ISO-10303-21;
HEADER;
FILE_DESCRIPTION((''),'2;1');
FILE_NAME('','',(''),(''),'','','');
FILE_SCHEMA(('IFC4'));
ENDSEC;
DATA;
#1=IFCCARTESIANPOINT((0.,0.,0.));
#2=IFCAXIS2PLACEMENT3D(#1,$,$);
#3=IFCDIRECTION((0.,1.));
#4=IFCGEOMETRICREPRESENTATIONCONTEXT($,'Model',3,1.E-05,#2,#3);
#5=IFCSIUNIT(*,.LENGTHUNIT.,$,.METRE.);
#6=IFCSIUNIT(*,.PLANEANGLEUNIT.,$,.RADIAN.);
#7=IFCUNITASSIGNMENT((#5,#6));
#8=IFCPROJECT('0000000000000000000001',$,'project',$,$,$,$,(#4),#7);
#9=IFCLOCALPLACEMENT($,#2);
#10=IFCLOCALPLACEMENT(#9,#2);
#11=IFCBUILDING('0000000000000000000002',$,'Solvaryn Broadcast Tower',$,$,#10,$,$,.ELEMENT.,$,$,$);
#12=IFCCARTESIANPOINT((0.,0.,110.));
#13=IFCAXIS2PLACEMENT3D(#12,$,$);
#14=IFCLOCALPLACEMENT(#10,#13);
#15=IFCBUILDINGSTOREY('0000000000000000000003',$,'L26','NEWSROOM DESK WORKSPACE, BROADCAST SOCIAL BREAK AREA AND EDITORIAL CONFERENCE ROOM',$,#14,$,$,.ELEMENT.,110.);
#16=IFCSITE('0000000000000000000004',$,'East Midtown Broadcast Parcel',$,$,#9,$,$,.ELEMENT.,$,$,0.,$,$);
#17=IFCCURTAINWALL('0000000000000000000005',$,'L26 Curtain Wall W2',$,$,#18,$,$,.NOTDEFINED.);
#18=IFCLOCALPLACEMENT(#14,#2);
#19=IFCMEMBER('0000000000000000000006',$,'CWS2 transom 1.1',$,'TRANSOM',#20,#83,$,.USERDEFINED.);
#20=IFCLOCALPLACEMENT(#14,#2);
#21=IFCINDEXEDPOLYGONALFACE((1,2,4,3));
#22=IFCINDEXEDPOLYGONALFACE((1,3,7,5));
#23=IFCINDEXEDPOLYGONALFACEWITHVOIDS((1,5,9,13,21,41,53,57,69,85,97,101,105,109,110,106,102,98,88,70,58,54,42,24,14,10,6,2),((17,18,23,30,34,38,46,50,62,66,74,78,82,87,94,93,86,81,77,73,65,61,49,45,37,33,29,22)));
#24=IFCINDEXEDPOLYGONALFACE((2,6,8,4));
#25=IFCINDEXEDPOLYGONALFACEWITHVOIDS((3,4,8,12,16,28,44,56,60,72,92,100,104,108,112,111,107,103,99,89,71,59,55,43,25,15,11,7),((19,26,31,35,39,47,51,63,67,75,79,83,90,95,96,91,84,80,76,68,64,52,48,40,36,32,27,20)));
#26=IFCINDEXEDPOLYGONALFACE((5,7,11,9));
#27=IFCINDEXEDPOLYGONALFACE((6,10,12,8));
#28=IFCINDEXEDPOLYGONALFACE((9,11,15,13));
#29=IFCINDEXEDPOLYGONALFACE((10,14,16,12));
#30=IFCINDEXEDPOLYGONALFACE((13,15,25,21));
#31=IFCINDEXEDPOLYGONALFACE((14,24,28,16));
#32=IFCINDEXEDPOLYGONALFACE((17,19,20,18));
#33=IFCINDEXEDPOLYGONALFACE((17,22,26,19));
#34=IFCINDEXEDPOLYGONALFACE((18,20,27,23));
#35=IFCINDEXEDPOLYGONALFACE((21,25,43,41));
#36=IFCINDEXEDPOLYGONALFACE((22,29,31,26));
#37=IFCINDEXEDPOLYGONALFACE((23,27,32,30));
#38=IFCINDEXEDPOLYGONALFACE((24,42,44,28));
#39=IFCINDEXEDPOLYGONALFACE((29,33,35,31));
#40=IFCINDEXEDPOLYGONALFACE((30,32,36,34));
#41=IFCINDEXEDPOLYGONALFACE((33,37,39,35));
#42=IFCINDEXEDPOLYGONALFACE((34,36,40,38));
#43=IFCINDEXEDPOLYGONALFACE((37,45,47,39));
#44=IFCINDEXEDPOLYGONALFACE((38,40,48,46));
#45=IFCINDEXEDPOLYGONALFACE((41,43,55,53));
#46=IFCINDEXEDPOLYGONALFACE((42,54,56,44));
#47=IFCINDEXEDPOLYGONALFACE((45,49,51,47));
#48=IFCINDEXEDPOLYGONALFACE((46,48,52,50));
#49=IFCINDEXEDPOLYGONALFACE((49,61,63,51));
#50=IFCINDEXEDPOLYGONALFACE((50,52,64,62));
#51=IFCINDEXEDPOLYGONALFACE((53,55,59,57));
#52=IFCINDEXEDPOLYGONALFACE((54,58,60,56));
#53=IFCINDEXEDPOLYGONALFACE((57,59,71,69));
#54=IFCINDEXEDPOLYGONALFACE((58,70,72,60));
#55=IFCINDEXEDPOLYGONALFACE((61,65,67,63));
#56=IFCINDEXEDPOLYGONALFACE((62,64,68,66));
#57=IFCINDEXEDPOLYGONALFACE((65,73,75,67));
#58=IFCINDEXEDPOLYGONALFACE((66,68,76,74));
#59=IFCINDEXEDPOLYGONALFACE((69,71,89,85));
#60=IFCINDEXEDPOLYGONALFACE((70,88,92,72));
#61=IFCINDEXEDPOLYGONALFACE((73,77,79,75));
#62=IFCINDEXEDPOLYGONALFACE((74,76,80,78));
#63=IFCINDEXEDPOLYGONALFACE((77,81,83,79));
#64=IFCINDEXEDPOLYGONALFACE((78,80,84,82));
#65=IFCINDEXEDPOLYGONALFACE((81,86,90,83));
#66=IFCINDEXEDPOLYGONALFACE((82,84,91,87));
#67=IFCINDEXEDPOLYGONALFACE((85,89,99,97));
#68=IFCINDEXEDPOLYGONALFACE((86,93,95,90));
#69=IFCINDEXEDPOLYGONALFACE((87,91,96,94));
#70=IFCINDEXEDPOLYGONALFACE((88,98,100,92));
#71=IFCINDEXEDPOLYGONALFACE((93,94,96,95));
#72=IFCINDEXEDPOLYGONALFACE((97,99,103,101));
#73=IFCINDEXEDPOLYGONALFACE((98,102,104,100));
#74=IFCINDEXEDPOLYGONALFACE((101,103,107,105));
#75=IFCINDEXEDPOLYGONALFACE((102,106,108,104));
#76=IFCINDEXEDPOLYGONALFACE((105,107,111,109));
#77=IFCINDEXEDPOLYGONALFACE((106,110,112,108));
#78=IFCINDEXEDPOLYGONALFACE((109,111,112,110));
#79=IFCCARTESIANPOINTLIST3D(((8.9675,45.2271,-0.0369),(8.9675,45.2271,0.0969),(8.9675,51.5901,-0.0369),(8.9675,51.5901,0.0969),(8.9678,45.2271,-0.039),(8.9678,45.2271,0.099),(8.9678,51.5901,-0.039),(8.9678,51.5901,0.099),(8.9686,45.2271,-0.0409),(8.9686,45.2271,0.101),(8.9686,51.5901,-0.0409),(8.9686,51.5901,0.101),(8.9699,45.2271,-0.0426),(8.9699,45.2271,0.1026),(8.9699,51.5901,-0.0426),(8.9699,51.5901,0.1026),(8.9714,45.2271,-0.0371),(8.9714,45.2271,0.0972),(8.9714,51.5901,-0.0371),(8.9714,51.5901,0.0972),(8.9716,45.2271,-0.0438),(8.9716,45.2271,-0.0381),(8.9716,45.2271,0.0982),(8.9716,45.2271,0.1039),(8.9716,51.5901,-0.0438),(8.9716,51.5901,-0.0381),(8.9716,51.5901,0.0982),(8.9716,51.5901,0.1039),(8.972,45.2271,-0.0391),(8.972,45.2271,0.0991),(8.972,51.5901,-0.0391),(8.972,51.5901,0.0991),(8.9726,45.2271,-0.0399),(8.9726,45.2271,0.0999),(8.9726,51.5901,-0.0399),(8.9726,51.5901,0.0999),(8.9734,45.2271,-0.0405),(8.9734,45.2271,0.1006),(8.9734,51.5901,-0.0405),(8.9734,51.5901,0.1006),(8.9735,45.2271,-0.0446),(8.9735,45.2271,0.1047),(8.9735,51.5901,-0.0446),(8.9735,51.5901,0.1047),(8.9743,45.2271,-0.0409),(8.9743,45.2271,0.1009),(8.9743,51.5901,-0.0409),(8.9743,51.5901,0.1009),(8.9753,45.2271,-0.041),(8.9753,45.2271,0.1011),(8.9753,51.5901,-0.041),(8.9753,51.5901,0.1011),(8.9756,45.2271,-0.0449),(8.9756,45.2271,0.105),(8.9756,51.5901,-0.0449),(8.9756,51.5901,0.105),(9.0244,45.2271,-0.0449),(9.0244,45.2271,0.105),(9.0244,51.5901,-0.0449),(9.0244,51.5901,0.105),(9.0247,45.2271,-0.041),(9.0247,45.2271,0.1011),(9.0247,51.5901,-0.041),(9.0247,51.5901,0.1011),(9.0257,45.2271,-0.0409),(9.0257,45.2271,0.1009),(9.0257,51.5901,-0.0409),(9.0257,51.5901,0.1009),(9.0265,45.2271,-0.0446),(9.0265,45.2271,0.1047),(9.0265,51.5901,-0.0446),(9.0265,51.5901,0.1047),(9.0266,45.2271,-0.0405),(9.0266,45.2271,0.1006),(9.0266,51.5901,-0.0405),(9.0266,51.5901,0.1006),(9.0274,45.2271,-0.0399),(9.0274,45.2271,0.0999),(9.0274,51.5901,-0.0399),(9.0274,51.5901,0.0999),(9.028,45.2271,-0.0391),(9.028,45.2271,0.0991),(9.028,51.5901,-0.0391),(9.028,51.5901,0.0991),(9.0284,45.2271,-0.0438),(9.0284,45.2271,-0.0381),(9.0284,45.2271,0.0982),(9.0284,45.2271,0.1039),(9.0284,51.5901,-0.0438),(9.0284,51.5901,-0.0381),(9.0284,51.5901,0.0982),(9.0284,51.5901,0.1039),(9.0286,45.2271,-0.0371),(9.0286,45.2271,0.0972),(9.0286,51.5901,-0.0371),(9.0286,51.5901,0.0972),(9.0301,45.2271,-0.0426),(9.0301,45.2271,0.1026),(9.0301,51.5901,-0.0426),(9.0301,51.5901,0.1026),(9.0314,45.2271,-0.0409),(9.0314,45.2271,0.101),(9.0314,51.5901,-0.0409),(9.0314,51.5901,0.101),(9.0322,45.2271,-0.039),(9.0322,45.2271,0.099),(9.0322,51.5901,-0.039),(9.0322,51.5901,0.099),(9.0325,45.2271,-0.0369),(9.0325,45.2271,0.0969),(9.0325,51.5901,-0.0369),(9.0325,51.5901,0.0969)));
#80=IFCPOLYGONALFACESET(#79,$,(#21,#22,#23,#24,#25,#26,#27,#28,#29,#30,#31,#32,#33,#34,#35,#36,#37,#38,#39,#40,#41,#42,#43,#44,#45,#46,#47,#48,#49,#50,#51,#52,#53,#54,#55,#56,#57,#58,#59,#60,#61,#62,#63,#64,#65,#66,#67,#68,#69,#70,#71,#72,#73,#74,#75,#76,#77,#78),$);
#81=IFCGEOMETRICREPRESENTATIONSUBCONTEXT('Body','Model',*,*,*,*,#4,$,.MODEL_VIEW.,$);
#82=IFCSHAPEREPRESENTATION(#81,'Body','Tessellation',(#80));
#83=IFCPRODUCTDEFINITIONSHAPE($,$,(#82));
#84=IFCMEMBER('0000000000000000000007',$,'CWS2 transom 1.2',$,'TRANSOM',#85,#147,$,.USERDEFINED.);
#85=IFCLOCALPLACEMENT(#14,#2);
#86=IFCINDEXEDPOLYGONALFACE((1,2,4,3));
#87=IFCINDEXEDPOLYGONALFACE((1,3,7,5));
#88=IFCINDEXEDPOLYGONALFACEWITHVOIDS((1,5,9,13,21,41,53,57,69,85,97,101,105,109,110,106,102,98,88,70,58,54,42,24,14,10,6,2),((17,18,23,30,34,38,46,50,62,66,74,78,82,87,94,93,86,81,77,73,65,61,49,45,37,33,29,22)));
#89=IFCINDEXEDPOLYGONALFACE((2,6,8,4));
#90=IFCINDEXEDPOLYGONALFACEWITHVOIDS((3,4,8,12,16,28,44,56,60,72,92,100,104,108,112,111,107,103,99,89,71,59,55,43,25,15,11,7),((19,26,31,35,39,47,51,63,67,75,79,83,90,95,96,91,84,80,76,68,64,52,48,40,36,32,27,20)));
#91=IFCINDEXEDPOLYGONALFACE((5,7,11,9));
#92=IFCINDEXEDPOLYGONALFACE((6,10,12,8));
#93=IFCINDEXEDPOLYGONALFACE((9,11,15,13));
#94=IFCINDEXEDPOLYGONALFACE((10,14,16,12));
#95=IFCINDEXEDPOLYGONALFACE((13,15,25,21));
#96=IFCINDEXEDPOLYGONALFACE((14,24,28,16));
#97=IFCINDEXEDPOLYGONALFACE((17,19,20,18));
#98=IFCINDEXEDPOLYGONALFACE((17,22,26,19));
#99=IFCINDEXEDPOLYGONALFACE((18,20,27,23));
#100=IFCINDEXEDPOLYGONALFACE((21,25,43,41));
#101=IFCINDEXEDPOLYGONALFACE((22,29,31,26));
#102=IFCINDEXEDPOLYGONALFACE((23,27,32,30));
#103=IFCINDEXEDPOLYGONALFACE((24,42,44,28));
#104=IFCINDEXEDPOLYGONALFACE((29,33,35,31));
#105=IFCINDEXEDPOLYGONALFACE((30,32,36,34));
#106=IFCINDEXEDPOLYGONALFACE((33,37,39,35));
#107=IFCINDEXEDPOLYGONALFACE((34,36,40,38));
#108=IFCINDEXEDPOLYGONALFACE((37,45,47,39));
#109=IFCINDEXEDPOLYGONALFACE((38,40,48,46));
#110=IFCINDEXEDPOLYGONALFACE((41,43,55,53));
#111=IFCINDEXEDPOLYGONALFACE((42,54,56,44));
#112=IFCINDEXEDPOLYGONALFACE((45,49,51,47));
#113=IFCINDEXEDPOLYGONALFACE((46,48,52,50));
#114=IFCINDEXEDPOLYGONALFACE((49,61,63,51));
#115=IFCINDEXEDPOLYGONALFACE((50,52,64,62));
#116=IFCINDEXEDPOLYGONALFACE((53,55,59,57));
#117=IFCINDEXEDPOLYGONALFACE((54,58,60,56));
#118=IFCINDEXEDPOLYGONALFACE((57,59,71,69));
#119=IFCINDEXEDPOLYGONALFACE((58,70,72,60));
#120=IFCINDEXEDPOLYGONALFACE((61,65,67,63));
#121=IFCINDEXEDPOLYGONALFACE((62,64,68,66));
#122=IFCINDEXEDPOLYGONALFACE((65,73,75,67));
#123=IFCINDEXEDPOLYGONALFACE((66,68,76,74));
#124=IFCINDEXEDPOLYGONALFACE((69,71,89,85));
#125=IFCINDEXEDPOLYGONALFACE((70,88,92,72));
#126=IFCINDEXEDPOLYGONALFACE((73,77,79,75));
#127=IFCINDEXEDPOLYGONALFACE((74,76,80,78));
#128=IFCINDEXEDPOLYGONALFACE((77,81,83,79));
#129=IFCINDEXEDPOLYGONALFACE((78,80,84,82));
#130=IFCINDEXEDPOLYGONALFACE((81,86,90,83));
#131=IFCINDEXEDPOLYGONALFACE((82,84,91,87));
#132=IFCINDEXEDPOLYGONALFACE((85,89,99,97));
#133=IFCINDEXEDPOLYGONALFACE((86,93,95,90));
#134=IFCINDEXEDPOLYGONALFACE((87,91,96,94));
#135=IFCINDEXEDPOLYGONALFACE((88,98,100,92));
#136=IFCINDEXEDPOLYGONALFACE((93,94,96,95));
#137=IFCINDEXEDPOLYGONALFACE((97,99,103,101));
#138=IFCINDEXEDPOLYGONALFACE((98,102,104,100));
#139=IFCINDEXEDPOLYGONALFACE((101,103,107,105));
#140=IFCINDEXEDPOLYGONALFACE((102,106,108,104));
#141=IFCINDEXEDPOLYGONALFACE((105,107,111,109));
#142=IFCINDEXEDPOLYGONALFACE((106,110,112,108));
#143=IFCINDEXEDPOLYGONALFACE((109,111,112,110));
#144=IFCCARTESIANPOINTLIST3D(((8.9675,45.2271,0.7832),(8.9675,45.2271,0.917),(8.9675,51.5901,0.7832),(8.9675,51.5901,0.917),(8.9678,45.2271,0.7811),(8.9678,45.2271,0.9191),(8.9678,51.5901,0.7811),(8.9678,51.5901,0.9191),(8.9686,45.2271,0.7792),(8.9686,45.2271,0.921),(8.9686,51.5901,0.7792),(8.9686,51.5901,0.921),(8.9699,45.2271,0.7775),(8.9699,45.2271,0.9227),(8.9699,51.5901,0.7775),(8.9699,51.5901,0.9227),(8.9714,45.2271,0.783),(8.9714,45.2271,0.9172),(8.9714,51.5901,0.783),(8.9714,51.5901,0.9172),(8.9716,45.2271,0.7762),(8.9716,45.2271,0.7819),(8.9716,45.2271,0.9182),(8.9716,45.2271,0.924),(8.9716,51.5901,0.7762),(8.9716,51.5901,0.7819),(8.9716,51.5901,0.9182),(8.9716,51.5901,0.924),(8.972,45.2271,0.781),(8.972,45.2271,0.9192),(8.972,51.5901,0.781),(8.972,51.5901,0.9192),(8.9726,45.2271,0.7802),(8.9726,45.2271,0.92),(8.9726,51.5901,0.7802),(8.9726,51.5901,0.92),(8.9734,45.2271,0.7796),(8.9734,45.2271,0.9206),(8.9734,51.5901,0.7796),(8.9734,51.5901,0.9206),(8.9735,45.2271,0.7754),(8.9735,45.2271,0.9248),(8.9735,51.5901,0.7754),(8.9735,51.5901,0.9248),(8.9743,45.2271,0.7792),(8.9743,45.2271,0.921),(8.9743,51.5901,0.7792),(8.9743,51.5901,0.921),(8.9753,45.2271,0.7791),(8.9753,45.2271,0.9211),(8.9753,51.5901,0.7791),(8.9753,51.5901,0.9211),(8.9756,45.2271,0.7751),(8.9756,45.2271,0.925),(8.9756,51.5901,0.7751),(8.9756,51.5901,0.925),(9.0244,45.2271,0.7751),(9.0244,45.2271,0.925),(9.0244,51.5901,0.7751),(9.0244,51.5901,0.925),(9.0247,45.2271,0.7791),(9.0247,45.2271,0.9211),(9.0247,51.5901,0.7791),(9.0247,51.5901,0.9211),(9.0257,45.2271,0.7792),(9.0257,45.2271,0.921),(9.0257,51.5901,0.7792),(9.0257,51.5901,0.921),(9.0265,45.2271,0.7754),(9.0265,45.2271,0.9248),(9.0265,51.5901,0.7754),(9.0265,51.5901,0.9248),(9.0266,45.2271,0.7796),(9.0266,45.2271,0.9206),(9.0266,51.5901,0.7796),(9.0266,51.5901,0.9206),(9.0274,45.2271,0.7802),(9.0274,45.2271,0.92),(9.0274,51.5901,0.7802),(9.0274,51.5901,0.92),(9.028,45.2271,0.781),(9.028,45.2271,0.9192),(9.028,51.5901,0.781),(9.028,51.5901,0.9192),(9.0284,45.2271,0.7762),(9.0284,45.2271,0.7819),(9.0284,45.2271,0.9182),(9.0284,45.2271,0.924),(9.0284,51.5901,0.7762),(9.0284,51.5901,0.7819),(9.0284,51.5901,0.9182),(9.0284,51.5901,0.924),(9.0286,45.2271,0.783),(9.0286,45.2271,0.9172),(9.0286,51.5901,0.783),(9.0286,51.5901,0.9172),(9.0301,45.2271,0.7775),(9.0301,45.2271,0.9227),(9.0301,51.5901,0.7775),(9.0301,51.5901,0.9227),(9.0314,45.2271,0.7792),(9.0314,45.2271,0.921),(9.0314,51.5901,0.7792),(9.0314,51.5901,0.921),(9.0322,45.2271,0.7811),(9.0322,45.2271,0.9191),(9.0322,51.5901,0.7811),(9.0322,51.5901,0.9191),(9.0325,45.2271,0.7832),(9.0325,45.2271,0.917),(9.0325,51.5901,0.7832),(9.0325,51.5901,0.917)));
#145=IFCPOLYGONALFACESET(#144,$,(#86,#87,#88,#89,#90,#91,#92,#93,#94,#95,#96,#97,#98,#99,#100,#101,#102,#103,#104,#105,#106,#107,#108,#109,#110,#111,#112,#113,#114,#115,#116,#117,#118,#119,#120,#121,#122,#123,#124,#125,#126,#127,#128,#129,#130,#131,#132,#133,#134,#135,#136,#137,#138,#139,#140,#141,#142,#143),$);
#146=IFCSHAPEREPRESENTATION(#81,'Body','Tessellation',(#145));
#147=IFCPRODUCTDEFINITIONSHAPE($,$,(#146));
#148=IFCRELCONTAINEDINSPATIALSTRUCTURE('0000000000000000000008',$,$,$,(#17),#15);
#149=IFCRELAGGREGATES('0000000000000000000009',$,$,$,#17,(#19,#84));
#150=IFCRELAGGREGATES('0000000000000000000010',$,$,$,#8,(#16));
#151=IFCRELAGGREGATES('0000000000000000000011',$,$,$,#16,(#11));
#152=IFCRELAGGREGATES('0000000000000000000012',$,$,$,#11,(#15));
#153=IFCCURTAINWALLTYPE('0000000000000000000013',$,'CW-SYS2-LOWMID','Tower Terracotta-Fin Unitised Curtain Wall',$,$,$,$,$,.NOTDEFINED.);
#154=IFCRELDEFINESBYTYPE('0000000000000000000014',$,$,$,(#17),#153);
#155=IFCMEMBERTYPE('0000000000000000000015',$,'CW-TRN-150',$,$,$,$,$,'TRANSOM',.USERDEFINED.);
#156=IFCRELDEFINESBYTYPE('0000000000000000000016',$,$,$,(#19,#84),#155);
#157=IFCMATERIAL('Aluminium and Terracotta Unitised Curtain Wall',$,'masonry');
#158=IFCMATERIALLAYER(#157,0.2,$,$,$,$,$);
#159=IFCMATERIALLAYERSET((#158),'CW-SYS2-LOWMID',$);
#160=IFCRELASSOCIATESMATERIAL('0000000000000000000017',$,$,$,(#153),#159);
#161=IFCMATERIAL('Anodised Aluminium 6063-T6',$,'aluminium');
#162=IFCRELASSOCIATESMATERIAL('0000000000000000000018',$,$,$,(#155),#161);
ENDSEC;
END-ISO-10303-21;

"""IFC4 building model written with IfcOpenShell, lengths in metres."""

from ifc_helpers import new_model, si_unit, direction, frame, origin, origin_2d, place, context, subcontext, project, spatial, hollow_rectangle, extrude, material, layer, layer_set, material_profile, profile_set, type_object, element, aggregate, save


model = new_model("IFC4")

# Units and contexts
model_context = context("Model", 3, precision=1e-05, world=origin(), true_north=direction((0.0, 1.0)))
body_context = subcontext(model_context, "Body", "Model", "MODEL_VIEW")
ifc_project = project(units=[si_unit("LENGTHUNIT", "METRE"), si_unit("PLANEANGLEUNIT", "RADIAN")], contexts=[model_context])

# Site, building, storey
site_placement = place(None, origin())
site = spatial("IfcSite", under=ifc_project, at=site_placement, Name="East Midtown Broadcast Parcel", CompositionType="ELEMENT", RefElevation=0.0)
building_placement = place(site_placement, origin())
building = spatial("IfcBuilding", under=site, at=building_placement, Name="Solvaryn Broadcast Tower", CompositionType="ELEMENT")
storey_placement = place(building_placement, frame((0.0, 0.0, 110.0)))
storey = spatial("IfcBuildingStorey", under=building, at=storey_placement, Name="L26", Description="NEWSROOM DESK WORKSPACE, BROADCAST SOCIAL BREAK AREA AND EDITORIAL CONFERENCE ROOM", CompositionType="ELEMENT", Elevation=110.0)

# Shared definitions
ifc_material_1 = material(Name="Aluminium and Terracotta Unitised Curtain Wall", Category="masonry")
ifc_layer_1 = layer(ifc_material_1, 0.2)
ifc_layer_set_1 = layer_set([ifc_layer_1], Name="CW-SYS2-LOWMID")
curtain_wall_type = type_object("IfcCurtainWallType", Name="CW-SYS2-LOWMID", Description="Tower Terracotta-Fin Unitised Curtain Wall", PredefinedType="NOTDEFINED", material=ifc_layer_set_1)

# Curtain wall
curtain_wall_1_placement = place(storey_placement, origin())
curtain_wall_1 = element("IfcCurtainWall", 1, at=curtain_wall_1_placement, inside=storey, type_object=curtain_wall_type, Name="L26 Curtain Wall W2", PredefinedType="NOTDEFINED")

# Members
ifc_material_2 = material(Name="Anodised Aluminium 6063-T6", Category="aluminium")
ifc_material_profile_1 = material_profile(ifc_material_2, hollow_rectangle(XDim=0.0649, YDim=0.1499, WallThickness=0.0039, InnerFilletRadius=0.0039, OuterFilletRadius=0.0081, at=origin_2d()))
ifc_profile_set_1 = profile_set([ifc_material_profile_1], Name="Anodised Aluminium 6063-T6")
member_type_1 = type_object("IfcMemberType", Name="CW-TRN-150", ElementType="TRANSOM", PredefinedType="USERDEFINED", material=ifc_profile_set_1)
member_1_placement = place(storey_placement, frame((9.0, 45.2271, 0.03), z_axis=(0.0, 1.0, 0.0), x_axis=(-1.0, 0.0, 0.0)))
member_1 = element("IfcMember", 2, at=member_1_placement, type_object=member_type_1, Name="CWS2 transom 1.1", ObjectType="TRANSOM", PredefinedType="USERDEFINED", context=body_context, shape_type="SweptSolid", body=[
    extrude(hollow_rectangle(XDim=0.0649, YDim=0.1499, WallThickness=0.0039, InnerFilletRadius=0.0039, OuterFilletRadius=0.0081, at=origin_2d()), origin(), (0.0, 0.0, 1.0), 6.363),
])
member_2_placement = place(storey_placement, frame((9.0, 45.2271, 0.8501), z_axis=(0.0, 1.0, 0.0), x_axis=(-1.0, 0.0, 0.0)))
member_2 = element("IfcMember", 3, at=member_2_placement, type_object=member_type_1, Name="CWS2 transom 1.2", ObjectType="TRANSOM", PredefinedType="USERDEFINED", context=body_context, shape_type="SweptSolid", body=[
    extrude(hollow_rectangle(XDim=0.0649, YDim=0.1499, WallThickness=0.0039, InnerFilletRadius=0.0039, OuterFilletRadius=0.0081, at=origin_2d()), origin(), (0.0, 0.0, 1.0), 6.363),
])

aggregate(curtain_wall_1, [member_1, member_2])

save(model, "model.ifc")
